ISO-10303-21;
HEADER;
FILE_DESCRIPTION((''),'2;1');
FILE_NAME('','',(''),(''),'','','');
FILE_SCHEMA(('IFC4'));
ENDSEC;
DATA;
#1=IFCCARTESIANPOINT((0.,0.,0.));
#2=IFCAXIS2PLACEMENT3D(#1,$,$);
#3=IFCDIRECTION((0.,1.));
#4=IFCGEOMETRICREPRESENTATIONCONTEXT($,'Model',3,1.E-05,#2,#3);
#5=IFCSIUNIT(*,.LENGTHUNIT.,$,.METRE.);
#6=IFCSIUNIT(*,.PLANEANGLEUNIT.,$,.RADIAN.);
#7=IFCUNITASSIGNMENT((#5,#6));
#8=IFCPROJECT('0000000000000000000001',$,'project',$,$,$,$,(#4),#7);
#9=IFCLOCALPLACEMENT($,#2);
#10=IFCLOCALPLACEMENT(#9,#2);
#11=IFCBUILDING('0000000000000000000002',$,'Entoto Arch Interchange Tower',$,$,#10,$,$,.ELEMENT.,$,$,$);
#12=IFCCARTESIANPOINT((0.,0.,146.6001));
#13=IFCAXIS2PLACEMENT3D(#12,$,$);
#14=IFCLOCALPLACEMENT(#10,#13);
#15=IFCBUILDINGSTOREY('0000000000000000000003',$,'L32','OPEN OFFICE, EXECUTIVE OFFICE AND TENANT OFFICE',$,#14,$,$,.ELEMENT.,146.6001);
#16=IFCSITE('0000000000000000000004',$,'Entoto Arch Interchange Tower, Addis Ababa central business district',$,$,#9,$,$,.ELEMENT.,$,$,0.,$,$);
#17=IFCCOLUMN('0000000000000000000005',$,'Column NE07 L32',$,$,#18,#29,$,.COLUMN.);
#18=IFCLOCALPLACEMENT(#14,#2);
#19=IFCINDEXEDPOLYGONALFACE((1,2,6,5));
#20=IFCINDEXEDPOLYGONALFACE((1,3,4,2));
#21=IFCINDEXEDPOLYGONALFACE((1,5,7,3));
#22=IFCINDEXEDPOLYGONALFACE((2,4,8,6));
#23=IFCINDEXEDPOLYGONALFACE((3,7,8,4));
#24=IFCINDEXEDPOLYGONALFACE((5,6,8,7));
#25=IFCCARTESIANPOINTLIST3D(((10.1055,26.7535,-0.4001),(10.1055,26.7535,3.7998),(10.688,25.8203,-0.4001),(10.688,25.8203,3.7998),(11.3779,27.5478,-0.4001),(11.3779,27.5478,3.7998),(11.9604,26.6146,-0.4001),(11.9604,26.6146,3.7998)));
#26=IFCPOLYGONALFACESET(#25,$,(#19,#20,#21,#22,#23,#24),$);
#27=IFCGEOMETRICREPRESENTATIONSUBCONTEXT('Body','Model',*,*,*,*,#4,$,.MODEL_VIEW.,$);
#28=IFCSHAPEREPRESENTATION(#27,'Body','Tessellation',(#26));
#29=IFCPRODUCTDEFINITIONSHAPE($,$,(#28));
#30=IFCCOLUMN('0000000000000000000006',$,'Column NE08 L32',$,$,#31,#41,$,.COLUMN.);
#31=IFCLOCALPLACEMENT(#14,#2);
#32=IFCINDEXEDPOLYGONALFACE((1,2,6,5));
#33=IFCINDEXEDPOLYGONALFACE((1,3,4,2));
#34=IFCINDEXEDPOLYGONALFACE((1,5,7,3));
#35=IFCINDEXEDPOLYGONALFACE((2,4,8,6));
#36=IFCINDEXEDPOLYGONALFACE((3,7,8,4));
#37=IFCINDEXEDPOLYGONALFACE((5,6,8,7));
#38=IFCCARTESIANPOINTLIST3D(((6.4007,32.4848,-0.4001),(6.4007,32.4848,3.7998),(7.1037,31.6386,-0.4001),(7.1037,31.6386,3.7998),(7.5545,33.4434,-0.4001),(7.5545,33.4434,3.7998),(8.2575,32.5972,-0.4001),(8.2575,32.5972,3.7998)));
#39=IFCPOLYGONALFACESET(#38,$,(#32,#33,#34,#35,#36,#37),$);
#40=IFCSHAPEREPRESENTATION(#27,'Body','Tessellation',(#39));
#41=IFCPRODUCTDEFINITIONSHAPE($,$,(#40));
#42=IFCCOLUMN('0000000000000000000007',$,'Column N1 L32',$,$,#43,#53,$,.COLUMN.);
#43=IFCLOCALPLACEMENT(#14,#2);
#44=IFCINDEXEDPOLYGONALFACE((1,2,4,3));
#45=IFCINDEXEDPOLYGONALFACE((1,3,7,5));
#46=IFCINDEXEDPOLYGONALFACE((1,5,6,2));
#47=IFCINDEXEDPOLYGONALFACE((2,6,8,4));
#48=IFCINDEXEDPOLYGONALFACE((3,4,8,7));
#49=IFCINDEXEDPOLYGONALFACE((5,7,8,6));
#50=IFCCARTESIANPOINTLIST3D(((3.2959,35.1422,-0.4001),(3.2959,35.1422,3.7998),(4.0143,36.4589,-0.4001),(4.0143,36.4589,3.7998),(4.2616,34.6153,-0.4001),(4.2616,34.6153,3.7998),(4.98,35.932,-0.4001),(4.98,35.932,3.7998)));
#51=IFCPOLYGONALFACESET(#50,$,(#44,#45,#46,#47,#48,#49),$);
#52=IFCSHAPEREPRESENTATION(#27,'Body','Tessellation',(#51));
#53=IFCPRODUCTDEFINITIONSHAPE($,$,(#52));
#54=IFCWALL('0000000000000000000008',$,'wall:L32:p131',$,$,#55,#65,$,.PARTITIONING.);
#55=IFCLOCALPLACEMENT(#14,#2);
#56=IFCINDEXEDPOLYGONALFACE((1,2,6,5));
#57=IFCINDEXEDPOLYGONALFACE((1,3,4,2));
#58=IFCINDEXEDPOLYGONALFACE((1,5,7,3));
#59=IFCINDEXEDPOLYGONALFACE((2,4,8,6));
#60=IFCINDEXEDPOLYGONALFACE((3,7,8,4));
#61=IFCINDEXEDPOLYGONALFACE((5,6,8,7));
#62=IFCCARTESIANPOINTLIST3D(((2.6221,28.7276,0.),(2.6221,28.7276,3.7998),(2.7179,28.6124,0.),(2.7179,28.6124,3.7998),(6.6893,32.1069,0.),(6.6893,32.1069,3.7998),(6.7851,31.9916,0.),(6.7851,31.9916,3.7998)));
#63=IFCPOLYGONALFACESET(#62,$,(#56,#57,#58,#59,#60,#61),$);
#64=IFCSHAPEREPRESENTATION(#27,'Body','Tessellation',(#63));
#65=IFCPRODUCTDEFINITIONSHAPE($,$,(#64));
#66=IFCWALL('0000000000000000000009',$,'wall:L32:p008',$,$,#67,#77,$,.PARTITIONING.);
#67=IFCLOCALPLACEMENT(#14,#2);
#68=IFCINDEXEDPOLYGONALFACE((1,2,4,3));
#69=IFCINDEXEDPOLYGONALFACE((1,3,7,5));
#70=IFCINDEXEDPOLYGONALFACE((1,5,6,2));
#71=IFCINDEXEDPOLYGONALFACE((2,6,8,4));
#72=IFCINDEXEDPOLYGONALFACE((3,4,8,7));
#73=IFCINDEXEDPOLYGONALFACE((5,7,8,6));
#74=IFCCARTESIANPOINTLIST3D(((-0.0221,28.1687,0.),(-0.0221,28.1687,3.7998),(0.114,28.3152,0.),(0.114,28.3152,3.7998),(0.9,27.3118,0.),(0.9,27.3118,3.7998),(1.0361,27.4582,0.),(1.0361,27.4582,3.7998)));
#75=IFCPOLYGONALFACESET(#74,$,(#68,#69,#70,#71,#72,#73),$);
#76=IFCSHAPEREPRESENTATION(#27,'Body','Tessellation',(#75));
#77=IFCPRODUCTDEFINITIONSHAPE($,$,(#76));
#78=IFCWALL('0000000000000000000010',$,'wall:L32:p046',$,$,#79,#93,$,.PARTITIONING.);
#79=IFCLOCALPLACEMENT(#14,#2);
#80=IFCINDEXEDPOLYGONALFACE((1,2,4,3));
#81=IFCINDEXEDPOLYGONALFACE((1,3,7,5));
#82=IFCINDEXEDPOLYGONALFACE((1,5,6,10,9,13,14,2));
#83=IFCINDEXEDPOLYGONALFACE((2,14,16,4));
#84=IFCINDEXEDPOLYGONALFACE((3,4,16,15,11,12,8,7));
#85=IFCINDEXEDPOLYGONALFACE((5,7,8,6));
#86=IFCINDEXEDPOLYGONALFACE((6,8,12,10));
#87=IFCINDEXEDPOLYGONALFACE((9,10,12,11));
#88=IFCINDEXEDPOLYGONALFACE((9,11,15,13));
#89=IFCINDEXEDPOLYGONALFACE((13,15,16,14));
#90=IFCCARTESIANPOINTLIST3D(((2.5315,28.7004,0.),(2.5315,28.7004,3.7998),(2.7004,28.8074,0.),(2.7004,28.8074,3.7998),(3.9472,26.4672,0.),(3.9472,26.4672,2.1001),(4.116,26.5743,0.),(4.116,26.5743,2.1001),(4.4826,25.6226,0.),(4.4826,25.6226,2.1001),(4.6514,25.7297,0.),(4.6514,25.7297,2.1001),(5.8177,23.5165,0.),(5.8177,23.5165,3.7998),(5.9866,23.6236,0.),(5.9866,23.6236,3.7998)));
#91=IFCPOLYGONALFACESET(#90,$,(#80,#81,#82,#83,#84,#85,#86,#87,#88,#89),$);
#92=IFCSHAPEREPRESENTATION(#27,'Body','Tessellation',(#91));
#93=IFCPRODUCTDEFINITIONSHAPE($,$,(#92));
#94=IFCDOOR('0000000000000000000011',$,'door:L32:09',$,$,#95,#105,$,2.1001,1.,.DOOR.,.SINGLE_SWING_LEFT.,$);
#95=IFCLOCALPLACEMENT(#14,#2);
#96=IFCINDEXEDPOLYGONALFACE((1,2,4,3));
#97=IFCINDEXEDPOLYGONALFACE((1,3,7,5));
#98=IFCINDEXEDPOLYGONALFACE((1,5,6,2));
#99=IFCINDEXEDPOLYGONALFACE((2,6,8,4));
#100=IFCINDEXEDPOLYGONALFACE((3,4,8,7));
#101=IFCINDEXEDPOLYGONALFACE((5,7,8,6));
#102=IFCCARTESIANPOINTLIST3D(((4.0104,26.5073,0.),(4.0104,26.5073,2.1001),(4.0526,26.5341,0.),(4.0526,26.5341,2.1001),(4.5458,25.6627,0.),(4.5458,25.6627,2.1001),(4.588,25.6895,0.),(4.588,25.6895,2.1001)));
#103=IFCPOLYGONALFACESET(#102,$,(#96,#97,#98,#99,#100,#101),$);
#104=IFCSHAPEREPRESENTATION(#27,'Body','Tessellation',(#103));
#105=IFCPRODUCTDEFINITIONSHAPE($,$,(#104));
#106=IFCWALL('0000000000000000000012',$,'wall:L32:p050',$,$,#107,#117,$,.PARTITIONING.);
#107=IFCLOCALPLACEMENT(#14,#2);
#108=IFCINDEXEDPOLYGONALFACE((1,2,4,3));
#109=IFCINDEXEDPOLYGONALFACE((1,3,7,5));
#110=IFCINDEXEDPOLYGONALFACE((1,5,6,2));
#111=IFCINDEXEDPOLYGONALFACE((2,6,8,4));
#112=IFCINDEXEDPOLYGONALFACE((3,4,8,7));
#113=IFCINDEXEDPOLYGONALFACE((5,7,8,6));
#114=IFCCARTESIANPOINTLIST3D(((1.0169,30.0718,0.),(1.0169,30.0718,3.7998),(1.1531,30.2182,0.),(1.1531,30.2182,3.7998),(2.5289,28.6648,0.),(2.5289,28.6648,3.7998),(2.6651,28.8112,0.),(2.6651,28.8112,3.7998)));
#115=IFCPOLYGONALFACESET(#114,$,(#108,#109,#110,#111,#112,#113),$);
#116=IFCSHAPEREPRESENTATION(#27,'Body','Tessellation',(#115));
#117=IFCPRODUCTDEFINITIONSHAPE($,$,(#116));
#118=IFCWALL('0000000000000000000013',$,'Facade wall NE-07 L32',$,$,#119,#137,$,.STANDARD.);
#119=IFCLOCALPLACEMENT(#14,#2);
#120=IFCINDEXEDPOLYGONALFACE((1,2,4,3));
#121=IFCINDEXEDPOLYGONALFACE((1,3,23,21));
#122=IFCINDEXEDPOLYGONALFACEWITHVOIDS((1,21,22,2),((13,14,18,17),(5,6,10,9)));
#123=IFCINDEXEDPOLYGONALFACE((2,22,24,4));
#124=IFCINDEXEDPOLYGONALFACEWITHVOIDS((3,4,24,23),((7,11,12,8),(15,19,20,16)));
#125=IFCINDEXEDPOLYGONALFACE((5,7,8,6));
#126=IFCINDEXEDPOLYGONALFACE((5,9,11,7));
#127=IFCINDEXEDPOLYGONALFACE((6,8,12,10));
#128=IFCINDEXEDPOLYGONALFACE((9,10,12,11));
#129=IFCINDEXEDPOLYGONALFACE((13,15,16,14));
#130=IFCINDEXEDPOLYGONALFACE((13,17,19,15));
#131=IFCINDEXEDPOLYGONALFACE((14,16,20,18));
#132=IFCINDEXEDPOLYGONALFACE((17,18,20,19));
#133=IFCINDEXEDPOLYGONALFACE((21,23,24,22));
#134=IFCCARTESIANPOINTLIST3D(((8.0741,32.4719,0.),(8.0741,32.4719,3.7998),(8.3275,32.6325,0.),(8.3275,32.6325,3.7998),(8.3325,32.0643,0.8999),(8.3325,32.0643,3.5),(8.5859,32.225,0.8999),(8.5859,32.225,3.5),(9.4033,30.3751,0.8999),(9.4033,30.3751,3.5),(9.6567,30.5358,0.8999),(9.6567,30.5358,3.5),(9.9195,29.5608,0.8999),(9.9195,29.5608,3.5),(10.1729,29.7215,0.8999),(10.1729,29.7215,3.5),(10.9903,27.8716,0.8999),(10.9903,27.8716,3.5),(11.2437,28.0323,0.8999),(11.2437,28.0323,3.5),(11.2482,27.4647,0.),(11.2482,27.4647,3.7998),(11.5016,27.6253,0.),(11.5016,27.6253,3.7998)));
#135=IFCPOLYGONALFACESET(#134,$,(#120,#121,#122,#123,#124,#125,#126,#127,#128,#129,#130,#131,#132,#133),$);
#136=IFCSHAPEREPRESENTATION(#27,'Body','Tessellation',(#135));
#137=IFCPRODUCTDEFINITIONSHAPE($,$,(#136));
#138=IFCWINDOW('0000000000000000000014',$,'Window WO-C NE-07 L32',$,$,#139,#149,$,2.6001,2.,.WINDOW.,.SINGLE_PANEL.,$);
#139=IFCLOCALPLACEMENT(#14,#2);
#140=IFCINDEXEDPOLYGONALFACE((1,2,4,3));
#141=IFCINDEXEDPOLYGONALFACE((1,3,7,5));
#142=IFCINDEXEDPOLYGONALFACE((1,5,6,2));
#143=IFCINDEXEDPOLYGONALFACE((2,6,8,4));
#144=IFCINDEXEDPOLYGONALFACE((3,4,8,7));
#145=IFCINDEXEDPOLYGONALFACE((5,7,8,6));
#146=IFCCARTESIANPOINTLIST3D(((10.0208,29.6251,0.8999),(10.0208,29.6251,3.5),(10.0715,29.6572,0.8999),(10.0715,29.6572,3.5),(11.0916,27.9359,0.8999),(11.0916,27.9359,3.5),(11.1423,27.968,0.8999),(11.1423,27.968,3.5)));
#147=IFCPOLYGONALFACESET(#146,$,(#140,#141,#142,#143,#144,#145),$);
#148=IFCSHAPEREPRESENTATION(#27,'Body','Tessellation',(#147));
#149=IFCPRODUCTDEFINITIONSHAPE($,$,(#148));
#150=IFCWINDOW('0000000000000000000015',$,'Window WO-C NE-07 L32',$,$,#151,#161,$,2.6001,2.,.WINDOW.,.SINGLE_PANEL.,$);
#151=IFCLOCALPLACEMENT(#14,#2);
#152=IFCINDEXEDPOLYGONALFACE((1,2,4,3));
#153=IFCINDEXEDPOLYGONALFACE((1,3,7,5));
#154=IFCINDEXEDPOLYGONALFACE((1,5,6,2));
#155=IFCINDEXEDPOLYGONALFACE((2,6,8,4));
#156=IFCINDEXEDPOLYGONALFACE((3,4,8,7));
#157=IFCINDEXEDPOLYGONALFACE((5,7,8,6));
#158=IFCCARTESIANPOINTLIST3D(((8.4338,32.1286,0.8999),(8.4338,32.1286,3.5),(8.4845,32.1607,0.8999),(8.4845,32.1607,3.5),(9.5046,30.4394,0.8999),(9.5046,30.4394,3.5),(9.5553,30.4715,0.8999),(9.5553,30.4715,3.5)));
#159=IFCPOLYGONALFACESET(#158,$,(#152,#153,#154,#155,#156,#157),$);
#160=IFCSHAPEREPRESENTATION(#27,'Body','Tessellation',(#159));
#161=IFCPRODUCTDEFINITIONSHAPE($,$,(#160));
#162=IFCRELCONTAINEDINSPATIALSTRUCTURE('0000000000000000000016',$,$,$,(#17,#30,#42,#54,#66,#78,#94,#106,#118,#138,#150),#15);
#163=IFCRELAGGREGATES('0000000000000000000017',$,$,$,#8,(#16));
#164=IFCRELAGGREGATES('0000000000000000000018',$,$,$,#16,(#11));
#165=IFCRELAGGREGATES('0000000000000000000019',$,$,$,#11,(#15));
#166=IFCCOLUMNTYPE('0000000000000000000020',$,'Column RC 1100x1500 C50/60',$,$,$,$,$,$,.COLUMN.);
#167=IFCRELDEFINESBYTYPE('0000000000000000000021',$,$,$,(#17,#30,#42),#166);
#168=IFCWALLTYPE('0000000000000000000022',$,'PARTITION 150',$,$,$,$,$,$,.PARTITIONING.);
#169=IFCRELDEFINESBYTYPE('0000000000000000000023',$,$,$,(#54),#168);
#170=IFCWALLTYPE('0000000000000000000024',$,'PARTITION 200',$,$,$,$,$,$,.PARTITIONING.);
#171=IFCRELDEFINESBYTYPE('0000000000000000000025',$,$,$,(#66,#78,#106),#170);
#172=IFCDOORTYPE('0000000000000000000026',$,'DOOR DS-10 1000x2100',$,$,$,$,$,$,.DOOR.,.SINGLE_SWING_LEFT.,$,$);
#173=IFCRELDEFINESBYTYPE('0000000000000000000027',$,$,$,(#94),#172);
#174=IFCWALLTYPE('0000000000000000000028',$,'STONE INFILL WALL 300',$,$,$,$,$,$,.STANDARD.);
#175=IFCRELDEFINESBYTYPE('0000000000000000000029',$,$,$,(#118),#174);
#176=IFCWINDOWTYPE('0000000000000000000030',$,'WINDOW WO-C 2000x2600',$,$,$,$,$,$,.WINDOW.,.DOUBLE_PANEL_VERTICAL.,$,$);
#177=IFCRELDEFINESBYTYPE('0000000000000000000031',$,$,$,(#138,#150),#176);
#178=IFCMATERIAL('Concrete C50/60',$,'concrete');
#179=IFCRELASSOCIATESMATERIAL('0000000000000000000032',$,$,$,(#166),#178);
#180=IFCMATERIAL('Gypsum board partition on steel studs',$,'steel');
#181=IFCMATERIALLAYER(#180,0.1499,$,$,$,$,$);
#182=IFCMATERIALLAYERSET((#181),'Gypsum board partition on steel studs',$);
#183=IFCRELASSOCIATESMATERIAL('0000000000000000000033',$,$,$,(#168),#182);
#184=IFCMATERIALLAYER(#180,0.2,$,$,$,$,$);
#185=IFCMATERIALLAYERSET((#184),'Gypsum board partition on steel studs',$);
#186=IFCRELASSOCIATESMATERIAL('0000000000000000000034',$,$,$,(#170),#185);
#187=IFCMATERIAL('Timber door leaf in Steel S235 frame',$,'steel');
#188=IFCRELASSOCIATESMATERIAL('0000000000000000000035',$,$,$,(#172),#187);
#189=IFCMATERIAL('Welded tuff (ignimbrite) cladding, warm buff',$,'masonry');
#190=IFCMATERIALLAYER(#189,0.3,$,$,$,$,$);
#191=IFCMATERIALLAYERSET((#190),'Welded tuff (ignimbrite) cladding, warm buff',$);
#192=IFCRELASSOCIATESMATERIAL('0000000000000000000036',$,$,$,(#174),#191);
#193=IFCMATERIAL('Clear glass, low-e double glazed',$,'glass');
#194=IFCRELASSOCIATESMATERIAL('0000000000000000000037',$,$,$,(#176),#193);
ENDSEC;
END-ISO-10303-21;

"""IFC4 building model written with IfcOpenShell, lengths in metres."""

from ifc_helpers import new_model, si_unit, direction, frame, frame_2d, origin, origin_2d, place, context, subcontext, project, spatial, rectangle, extrude, material, layer, layer_set, material_profile, profile_set, type_object, element, fill, save


model = new_model("IFC4")

# Units and contexts
model_context = context("Model", 3, precision=1e-05, world=origin(), true_north=direction((0.0, 1.0)))
body_context = subcontext(model_context, "Body", "Model", "MODEL_VIEW")
ifc_project = project(units=[si_unit("LENGTHUNIT", "METRE"), si_unit("PLANEANGLEUNIT", "RADIAN")], contexts=[model_context])

# Site, building, storey
site_placement = place(None, origin())
site = spatial("IfcSite", under=ifc_project, at=site_placement, Name="Entoto Arch Interchange Tower, Addis Ababa central business district", CompositionType="ELEMENT", RefElevation=0.0)
building_placement = place(site_placement, origin())
building = spatial("IfcBuilding", under=site, at=building_placement, Name="Entoto Arch Interchange Tower", CompositionType="ELEMENT")
storey_placement = place(building_placement, frame((0.0, 0.0, 146.6001)))
storey = spatial("IfcBuildingStorey", under=building, at=storey_placement, Name="L32", Description="OPEN OFFICE, EXECUTIVE OFFICE AND TENANT OFFICE", CompositionType="ELEMENT", Elevation=146.6001)

# Columns
ifc_material_1 = material(Name="Concrete C50/60", Category="concrete")
ifc_material_profile = material_profile(ifc_material_1, rectangle(XDim=1.1001, YDim=1.5, at=origin_2d()))
ifc_profile_set = profile_set([ifc_material_profile], Name="Concrete C50/60")
column_type = type_object("IfcColumnType", Name="Column RC 1100x1500 C50/60", PredefinedType="COLUMN", material=ifc_profile_set)
for number, where, z_axis, x_axis, name in (
    (1, (11.033, 26.6841, -0.4001), (0.0, 0.0, 1.0), (-0.529549, 0.848279, 0.0), "Column NE07 L32"),
    (2, (7.3291, 32.541, -0.4001), (0.0, 0.0, 1.0), (-0.63905, 0.769165, 0.0), "Column NE08 L32"),
    (3, (4.1379, 35.5371, -0.4001), (0.0, 0.0, 1.0), (-0.877833, 0.478968, 0.0), "Column N1 L32"),
):
    element("IfcColumn", number, at=place(storey_placement, frame(where, z_axis=z_axis, x_axis=x_axis)), inside=storey, type_object=column_type, Name=name, PredefinedType="COLUMN", context=body_context, shape_type="SweptSolid", body=[
        extrude(rectangle(XDim=1.1001, YDim=1.5, at=origin_2d()), origin(), (0.0, 0.0, 1.0), 4.2),
    ])

# Walls
ifc_material_2 = material(Name="Gypsum board partition on steel studs", Category="steel")
ifc_layer_1 = layer(ifc_material_2, 0.1499)
ifc_layer_set_1 = layer_set([ifc_layer_1], Name="Gypsum board partition on steel studs")
wall_type_1 = type_object("IfcWallType", Name="PARTITION 150", PredefinedType="PARTITIONING", material=ifc_layer_set_1)
wall_1_placement = place(storey_placement, frame((2.6699, 28.6699, 0.0), z_axis=(0.0, 0.0, 1.0), x_axis=(0.769163, 0.639053, 0.0)))
element("IfcWall", 4, at=wall_1_placement, inside=storey, type_object=wall_type_1, Name="wall:L32:p131", PredefinedType="PARTITIONING", context=body_context, shape_type="SweptSolid", body=[
    extrude(rectangle(XDim=5.2878, YDim=0.1499, at=frame_2d((2.644, 0.0))), origin(), (0.0, 0.0, 1.0), 3.7998),
])
ifc_layer_2 = layer(ifc_material_2, 0.2)
ifc_layer_set_2 = layer_set([ifc_layer_2], Name="Gypsum board partition on steel studs")
wall_type_2 = type_object("IfcWallType", Name="PARTITION 200", PredefinedType="PARTITIONING", material=ifc_layer_set_2)
wall_2_placement = place(storey_placement, frame((0.968, 27.385, 0.0), z_axis=(0.0, 0.0, 1.0), x_axis=(-0.732524, 0.680741, 0.0)))
element("IfcWall", 5, at=wall_2_placement, inside=storey, type_object=wall_type_2, Name="wall:L32:p008", PredefinedType="PARTITIONING", context=body_context, shape_type="SweptSolid", body=[
    extrude(rectangle(XDim=1.2588, YDim=0.2, at=frame_2d((0.6294, 0.0))), origin(), (0.0, 0.0, 1.0), 3.7998),
])

# Wall, opening, door
wall_3_placement = place(storey_placement, frame((2.616, 28.7539, 0.0), z_axis=(0.0, 0.0, 1.0), x_axis=(0.535405, -0.844595, 0.0)))
wall_3 = element("IfcWall", 6, at=wall_3_placement, inside=storey, type_object=wall_type_2, Name="wall:L32:p046", PredefinedType="PARTITIONING", context=body_context, shape_type="SweptSolid", body=[
    extrude(rectangle(XDim=6.1377, YDim=0.2, at=frame_2d((3.0688, 0.0))), origin(), (0.0, 0.0, 1.0), 3.7998),
])
opening_1_placement = place(wall_3_placement, frame((2.644, 0.0, 0.0)))
opening_1 = element("IfcOpeningElement", 7, at=opening_1_placement, cuts=wall_3, PredefinedType="OPENING", context=body_context, shape_type="SweptSolid", body=[
    extrude(rectangle(XDim=1.0, YDim=2.1001, at=frame_2d((0.5, 1.05))), frame((0.0, 0.1099, 0.0), z_axis=(0.0, -1.0, 0.0), x_axis=(1.0, 0.0, 0.0)), (0.0, 0.0, 1.0), 0.22),
])
ifc_material_3 = material(Name="Timber door leaf in Steel S235 frame", Category="steel")
door_type = type_object("IfcDoorType", Name="DOOR DS-10 1000x2100", OperationType="SINGLE_SWING_LEFT", PredefinedType="DOOR", material=ifc_material_3)
door_placement = place(opening_1_placement, origin())
door = element("IfcDoor", 8, at=door_placement, inside=storey, type_object=door_type, Name="door:L32:09", OperationType="SINGLE_SWING_LEFT", OverallHeight=2.1001, OverallWidth=1.0, PredefinedType="DOOR", context=body_context, shape_type="SweptSolid", body=[
    extrude(rectangle(XDim=1.0, YDim=2.1001, at=frame_2d((0.5, 1.05))), frame((0.0, 0.0249, 0.0), z_axis=(0.0, -1.0, 0.0), x_axis=(1.0, 0.0, 0.0)), (0.0, 0.0, 1.0), 0.05),
])
fill(opening_1, door)

# Wall
wall_4_placement = place(storey_placement, frame((1.085, 30.145, 0.0), z_axis=(0.0, 0.0, 1.0), x_axis=(0.732065, -0.681235, 0.0)))
element("IfcWall", 9, at=wall_4_placement, inside=storey, type_object=wall_type_2, Name="wall:L32:p050", PredefinedType="PARTITIONING", context=body_context, shape_type="SweptSolid", body=[
    extrude(rectangle(XDim=2.0654, YDim=0.2, at=frame_2d((1.0327, 0.0))), origin(), (0.0, 0.0, 1.0), 3.7998),
])

# Wall, openings, windows
ifc_material_4 = material(Name="Welded tuff (ignimbrite) cladding, warm buff", Category="masonry")
ifc_layer_3 = layer(ifc_material_4, 0.3)
ifc_layer_set_3 = layer_set([ifc_layer_3], Name="Welded tuff (ignimbrite) cladding, warm buff")
wall_type_3 = type_object("IfcWallType", Name="STONE INFILL WALL 300", PredefinedType="STANDARD", material=ifc_layer_set_3)
wall_5_placement = place(storey_placement, frame((11.375, 27.5449, 0.0), z_axis=(0.0, 0.0, 1.0), x_axis=(-0.535404, 0.844596, 0.0)))
wall_5 = element("IfcWall", 10, at=wall_5_placement, inside=storey, type_object=wall_type_3, Name="Facade wall NE-07 L32", PredefinedType="STANDARD", context=body_context, shape_type="SweptSolid", body=[
    extrude(rectangle(XDim=5.9285, YDim=0.3, at=frame_2d((2.9644, 0.0))), origin(), (0.0, 0.0, 1.0), 3.7998),
])
opening_2_placement = place(wall_5_placement, frame((0.4819, 0.0, 0.8999)))
opening_2 = element("IfcOpeningElement", 11, at=opening_2_placement, cuts=wall_5, PredefinedType="OPENING", context=body_context, shape_type="SweptSolid", body=[
    extrude(rectangle(XDim=2.0, YDim=2.6001, at=frame_2d((1.0, 1.3))), frame((0.0, 0.1602, 0.0), z_axis=(0.0, -1.0, 0.0), x_axis=(1.0, 0.0, 0.0)), (0.0, 0.0, 1.0), 0.3201),
])
opening_3_placement = place(wall_5_placement, frame((3.446, 0.0, 0.8999)))
opening_3 = element("IfcOpeningElement", 12, at=opening_3_placement, cuts=wall_5, PredefinedType="OPENING", context=body_context, shape_type="SweptSolid", body=[
    extrude(rectangle(XDim=2.0, YDim=2.6001, at=frame_2d((1.0, 1.3))), frame((0.0, 0.1602, 0.0), z_axis=(0.0, -1.0, 0.0), x_axis=(1.0, 0.0, 0.0)), (0.0, 0.0, 1.0), 0.3201),
])
ifc_material_5 = material(Name="Clear glass, low-e double glazed", Category="glass")
window_type_1 = type_object("IfcWindowType", Name="WINDOW WO-C 2000x2600", PartitioningType="DOUBLE_PANEL_VERTICAL", PredefinedType="WINDOW", material=ifc_material_5)
window_1_placement = place(opening_2_placement, origin())
window_1 = element("IfcWindow", 13, at=window_1_placement, inside=storey, type_object=window_type_1, Name="Window WO-C NE-07 L32", OverallHeight=2.6001, OverallWidth=2.0, PartitioningType="SINGLE_PANEL", PredefinedType="WINDOW", context=body_context, shape_type="SweptSolid", body=[
    extrude(rectangle(XDim=2.0, YDim=2.6001, at=frame_2d((1.0, 1.3))), frame((0.0, 0.03, 0.0), z_axis=(0.0, -1.0, 0.0), x_axis=(1.0, 0.0, 0.0)), (0.0, 0.0, 1.0), 0.0601),
])
fill(opening_2, window_1)
window_2_placement = place(opening_3_placement, origin())
window_2 = element("IfcWindow", 14, at=window_2_placement, inside=storey, type_object=window_type_1, Name="Window WO-C NE-07 L32", OverallHeight=2.6001, OverallWidth=2.0, PartitioningType="SINGLE_PANEL", PredefinedType="WINDOW", context=body_context, shape_type="SweptSolid", body=[
    extrude(rectangle(XDim=2.0, YDim=2.6001, at=frame_2d((1.0, 1.3))), frame((0.0, 0.03, 0.0), z_axis=(0.0, -1.0, 0.0), x_axis=(1.0, 0.0, 0.0)), (0.0, 0.0, 1.0), 0.0601),
])
fill(opening_3, window_2)

save(model, "model.ifc")
